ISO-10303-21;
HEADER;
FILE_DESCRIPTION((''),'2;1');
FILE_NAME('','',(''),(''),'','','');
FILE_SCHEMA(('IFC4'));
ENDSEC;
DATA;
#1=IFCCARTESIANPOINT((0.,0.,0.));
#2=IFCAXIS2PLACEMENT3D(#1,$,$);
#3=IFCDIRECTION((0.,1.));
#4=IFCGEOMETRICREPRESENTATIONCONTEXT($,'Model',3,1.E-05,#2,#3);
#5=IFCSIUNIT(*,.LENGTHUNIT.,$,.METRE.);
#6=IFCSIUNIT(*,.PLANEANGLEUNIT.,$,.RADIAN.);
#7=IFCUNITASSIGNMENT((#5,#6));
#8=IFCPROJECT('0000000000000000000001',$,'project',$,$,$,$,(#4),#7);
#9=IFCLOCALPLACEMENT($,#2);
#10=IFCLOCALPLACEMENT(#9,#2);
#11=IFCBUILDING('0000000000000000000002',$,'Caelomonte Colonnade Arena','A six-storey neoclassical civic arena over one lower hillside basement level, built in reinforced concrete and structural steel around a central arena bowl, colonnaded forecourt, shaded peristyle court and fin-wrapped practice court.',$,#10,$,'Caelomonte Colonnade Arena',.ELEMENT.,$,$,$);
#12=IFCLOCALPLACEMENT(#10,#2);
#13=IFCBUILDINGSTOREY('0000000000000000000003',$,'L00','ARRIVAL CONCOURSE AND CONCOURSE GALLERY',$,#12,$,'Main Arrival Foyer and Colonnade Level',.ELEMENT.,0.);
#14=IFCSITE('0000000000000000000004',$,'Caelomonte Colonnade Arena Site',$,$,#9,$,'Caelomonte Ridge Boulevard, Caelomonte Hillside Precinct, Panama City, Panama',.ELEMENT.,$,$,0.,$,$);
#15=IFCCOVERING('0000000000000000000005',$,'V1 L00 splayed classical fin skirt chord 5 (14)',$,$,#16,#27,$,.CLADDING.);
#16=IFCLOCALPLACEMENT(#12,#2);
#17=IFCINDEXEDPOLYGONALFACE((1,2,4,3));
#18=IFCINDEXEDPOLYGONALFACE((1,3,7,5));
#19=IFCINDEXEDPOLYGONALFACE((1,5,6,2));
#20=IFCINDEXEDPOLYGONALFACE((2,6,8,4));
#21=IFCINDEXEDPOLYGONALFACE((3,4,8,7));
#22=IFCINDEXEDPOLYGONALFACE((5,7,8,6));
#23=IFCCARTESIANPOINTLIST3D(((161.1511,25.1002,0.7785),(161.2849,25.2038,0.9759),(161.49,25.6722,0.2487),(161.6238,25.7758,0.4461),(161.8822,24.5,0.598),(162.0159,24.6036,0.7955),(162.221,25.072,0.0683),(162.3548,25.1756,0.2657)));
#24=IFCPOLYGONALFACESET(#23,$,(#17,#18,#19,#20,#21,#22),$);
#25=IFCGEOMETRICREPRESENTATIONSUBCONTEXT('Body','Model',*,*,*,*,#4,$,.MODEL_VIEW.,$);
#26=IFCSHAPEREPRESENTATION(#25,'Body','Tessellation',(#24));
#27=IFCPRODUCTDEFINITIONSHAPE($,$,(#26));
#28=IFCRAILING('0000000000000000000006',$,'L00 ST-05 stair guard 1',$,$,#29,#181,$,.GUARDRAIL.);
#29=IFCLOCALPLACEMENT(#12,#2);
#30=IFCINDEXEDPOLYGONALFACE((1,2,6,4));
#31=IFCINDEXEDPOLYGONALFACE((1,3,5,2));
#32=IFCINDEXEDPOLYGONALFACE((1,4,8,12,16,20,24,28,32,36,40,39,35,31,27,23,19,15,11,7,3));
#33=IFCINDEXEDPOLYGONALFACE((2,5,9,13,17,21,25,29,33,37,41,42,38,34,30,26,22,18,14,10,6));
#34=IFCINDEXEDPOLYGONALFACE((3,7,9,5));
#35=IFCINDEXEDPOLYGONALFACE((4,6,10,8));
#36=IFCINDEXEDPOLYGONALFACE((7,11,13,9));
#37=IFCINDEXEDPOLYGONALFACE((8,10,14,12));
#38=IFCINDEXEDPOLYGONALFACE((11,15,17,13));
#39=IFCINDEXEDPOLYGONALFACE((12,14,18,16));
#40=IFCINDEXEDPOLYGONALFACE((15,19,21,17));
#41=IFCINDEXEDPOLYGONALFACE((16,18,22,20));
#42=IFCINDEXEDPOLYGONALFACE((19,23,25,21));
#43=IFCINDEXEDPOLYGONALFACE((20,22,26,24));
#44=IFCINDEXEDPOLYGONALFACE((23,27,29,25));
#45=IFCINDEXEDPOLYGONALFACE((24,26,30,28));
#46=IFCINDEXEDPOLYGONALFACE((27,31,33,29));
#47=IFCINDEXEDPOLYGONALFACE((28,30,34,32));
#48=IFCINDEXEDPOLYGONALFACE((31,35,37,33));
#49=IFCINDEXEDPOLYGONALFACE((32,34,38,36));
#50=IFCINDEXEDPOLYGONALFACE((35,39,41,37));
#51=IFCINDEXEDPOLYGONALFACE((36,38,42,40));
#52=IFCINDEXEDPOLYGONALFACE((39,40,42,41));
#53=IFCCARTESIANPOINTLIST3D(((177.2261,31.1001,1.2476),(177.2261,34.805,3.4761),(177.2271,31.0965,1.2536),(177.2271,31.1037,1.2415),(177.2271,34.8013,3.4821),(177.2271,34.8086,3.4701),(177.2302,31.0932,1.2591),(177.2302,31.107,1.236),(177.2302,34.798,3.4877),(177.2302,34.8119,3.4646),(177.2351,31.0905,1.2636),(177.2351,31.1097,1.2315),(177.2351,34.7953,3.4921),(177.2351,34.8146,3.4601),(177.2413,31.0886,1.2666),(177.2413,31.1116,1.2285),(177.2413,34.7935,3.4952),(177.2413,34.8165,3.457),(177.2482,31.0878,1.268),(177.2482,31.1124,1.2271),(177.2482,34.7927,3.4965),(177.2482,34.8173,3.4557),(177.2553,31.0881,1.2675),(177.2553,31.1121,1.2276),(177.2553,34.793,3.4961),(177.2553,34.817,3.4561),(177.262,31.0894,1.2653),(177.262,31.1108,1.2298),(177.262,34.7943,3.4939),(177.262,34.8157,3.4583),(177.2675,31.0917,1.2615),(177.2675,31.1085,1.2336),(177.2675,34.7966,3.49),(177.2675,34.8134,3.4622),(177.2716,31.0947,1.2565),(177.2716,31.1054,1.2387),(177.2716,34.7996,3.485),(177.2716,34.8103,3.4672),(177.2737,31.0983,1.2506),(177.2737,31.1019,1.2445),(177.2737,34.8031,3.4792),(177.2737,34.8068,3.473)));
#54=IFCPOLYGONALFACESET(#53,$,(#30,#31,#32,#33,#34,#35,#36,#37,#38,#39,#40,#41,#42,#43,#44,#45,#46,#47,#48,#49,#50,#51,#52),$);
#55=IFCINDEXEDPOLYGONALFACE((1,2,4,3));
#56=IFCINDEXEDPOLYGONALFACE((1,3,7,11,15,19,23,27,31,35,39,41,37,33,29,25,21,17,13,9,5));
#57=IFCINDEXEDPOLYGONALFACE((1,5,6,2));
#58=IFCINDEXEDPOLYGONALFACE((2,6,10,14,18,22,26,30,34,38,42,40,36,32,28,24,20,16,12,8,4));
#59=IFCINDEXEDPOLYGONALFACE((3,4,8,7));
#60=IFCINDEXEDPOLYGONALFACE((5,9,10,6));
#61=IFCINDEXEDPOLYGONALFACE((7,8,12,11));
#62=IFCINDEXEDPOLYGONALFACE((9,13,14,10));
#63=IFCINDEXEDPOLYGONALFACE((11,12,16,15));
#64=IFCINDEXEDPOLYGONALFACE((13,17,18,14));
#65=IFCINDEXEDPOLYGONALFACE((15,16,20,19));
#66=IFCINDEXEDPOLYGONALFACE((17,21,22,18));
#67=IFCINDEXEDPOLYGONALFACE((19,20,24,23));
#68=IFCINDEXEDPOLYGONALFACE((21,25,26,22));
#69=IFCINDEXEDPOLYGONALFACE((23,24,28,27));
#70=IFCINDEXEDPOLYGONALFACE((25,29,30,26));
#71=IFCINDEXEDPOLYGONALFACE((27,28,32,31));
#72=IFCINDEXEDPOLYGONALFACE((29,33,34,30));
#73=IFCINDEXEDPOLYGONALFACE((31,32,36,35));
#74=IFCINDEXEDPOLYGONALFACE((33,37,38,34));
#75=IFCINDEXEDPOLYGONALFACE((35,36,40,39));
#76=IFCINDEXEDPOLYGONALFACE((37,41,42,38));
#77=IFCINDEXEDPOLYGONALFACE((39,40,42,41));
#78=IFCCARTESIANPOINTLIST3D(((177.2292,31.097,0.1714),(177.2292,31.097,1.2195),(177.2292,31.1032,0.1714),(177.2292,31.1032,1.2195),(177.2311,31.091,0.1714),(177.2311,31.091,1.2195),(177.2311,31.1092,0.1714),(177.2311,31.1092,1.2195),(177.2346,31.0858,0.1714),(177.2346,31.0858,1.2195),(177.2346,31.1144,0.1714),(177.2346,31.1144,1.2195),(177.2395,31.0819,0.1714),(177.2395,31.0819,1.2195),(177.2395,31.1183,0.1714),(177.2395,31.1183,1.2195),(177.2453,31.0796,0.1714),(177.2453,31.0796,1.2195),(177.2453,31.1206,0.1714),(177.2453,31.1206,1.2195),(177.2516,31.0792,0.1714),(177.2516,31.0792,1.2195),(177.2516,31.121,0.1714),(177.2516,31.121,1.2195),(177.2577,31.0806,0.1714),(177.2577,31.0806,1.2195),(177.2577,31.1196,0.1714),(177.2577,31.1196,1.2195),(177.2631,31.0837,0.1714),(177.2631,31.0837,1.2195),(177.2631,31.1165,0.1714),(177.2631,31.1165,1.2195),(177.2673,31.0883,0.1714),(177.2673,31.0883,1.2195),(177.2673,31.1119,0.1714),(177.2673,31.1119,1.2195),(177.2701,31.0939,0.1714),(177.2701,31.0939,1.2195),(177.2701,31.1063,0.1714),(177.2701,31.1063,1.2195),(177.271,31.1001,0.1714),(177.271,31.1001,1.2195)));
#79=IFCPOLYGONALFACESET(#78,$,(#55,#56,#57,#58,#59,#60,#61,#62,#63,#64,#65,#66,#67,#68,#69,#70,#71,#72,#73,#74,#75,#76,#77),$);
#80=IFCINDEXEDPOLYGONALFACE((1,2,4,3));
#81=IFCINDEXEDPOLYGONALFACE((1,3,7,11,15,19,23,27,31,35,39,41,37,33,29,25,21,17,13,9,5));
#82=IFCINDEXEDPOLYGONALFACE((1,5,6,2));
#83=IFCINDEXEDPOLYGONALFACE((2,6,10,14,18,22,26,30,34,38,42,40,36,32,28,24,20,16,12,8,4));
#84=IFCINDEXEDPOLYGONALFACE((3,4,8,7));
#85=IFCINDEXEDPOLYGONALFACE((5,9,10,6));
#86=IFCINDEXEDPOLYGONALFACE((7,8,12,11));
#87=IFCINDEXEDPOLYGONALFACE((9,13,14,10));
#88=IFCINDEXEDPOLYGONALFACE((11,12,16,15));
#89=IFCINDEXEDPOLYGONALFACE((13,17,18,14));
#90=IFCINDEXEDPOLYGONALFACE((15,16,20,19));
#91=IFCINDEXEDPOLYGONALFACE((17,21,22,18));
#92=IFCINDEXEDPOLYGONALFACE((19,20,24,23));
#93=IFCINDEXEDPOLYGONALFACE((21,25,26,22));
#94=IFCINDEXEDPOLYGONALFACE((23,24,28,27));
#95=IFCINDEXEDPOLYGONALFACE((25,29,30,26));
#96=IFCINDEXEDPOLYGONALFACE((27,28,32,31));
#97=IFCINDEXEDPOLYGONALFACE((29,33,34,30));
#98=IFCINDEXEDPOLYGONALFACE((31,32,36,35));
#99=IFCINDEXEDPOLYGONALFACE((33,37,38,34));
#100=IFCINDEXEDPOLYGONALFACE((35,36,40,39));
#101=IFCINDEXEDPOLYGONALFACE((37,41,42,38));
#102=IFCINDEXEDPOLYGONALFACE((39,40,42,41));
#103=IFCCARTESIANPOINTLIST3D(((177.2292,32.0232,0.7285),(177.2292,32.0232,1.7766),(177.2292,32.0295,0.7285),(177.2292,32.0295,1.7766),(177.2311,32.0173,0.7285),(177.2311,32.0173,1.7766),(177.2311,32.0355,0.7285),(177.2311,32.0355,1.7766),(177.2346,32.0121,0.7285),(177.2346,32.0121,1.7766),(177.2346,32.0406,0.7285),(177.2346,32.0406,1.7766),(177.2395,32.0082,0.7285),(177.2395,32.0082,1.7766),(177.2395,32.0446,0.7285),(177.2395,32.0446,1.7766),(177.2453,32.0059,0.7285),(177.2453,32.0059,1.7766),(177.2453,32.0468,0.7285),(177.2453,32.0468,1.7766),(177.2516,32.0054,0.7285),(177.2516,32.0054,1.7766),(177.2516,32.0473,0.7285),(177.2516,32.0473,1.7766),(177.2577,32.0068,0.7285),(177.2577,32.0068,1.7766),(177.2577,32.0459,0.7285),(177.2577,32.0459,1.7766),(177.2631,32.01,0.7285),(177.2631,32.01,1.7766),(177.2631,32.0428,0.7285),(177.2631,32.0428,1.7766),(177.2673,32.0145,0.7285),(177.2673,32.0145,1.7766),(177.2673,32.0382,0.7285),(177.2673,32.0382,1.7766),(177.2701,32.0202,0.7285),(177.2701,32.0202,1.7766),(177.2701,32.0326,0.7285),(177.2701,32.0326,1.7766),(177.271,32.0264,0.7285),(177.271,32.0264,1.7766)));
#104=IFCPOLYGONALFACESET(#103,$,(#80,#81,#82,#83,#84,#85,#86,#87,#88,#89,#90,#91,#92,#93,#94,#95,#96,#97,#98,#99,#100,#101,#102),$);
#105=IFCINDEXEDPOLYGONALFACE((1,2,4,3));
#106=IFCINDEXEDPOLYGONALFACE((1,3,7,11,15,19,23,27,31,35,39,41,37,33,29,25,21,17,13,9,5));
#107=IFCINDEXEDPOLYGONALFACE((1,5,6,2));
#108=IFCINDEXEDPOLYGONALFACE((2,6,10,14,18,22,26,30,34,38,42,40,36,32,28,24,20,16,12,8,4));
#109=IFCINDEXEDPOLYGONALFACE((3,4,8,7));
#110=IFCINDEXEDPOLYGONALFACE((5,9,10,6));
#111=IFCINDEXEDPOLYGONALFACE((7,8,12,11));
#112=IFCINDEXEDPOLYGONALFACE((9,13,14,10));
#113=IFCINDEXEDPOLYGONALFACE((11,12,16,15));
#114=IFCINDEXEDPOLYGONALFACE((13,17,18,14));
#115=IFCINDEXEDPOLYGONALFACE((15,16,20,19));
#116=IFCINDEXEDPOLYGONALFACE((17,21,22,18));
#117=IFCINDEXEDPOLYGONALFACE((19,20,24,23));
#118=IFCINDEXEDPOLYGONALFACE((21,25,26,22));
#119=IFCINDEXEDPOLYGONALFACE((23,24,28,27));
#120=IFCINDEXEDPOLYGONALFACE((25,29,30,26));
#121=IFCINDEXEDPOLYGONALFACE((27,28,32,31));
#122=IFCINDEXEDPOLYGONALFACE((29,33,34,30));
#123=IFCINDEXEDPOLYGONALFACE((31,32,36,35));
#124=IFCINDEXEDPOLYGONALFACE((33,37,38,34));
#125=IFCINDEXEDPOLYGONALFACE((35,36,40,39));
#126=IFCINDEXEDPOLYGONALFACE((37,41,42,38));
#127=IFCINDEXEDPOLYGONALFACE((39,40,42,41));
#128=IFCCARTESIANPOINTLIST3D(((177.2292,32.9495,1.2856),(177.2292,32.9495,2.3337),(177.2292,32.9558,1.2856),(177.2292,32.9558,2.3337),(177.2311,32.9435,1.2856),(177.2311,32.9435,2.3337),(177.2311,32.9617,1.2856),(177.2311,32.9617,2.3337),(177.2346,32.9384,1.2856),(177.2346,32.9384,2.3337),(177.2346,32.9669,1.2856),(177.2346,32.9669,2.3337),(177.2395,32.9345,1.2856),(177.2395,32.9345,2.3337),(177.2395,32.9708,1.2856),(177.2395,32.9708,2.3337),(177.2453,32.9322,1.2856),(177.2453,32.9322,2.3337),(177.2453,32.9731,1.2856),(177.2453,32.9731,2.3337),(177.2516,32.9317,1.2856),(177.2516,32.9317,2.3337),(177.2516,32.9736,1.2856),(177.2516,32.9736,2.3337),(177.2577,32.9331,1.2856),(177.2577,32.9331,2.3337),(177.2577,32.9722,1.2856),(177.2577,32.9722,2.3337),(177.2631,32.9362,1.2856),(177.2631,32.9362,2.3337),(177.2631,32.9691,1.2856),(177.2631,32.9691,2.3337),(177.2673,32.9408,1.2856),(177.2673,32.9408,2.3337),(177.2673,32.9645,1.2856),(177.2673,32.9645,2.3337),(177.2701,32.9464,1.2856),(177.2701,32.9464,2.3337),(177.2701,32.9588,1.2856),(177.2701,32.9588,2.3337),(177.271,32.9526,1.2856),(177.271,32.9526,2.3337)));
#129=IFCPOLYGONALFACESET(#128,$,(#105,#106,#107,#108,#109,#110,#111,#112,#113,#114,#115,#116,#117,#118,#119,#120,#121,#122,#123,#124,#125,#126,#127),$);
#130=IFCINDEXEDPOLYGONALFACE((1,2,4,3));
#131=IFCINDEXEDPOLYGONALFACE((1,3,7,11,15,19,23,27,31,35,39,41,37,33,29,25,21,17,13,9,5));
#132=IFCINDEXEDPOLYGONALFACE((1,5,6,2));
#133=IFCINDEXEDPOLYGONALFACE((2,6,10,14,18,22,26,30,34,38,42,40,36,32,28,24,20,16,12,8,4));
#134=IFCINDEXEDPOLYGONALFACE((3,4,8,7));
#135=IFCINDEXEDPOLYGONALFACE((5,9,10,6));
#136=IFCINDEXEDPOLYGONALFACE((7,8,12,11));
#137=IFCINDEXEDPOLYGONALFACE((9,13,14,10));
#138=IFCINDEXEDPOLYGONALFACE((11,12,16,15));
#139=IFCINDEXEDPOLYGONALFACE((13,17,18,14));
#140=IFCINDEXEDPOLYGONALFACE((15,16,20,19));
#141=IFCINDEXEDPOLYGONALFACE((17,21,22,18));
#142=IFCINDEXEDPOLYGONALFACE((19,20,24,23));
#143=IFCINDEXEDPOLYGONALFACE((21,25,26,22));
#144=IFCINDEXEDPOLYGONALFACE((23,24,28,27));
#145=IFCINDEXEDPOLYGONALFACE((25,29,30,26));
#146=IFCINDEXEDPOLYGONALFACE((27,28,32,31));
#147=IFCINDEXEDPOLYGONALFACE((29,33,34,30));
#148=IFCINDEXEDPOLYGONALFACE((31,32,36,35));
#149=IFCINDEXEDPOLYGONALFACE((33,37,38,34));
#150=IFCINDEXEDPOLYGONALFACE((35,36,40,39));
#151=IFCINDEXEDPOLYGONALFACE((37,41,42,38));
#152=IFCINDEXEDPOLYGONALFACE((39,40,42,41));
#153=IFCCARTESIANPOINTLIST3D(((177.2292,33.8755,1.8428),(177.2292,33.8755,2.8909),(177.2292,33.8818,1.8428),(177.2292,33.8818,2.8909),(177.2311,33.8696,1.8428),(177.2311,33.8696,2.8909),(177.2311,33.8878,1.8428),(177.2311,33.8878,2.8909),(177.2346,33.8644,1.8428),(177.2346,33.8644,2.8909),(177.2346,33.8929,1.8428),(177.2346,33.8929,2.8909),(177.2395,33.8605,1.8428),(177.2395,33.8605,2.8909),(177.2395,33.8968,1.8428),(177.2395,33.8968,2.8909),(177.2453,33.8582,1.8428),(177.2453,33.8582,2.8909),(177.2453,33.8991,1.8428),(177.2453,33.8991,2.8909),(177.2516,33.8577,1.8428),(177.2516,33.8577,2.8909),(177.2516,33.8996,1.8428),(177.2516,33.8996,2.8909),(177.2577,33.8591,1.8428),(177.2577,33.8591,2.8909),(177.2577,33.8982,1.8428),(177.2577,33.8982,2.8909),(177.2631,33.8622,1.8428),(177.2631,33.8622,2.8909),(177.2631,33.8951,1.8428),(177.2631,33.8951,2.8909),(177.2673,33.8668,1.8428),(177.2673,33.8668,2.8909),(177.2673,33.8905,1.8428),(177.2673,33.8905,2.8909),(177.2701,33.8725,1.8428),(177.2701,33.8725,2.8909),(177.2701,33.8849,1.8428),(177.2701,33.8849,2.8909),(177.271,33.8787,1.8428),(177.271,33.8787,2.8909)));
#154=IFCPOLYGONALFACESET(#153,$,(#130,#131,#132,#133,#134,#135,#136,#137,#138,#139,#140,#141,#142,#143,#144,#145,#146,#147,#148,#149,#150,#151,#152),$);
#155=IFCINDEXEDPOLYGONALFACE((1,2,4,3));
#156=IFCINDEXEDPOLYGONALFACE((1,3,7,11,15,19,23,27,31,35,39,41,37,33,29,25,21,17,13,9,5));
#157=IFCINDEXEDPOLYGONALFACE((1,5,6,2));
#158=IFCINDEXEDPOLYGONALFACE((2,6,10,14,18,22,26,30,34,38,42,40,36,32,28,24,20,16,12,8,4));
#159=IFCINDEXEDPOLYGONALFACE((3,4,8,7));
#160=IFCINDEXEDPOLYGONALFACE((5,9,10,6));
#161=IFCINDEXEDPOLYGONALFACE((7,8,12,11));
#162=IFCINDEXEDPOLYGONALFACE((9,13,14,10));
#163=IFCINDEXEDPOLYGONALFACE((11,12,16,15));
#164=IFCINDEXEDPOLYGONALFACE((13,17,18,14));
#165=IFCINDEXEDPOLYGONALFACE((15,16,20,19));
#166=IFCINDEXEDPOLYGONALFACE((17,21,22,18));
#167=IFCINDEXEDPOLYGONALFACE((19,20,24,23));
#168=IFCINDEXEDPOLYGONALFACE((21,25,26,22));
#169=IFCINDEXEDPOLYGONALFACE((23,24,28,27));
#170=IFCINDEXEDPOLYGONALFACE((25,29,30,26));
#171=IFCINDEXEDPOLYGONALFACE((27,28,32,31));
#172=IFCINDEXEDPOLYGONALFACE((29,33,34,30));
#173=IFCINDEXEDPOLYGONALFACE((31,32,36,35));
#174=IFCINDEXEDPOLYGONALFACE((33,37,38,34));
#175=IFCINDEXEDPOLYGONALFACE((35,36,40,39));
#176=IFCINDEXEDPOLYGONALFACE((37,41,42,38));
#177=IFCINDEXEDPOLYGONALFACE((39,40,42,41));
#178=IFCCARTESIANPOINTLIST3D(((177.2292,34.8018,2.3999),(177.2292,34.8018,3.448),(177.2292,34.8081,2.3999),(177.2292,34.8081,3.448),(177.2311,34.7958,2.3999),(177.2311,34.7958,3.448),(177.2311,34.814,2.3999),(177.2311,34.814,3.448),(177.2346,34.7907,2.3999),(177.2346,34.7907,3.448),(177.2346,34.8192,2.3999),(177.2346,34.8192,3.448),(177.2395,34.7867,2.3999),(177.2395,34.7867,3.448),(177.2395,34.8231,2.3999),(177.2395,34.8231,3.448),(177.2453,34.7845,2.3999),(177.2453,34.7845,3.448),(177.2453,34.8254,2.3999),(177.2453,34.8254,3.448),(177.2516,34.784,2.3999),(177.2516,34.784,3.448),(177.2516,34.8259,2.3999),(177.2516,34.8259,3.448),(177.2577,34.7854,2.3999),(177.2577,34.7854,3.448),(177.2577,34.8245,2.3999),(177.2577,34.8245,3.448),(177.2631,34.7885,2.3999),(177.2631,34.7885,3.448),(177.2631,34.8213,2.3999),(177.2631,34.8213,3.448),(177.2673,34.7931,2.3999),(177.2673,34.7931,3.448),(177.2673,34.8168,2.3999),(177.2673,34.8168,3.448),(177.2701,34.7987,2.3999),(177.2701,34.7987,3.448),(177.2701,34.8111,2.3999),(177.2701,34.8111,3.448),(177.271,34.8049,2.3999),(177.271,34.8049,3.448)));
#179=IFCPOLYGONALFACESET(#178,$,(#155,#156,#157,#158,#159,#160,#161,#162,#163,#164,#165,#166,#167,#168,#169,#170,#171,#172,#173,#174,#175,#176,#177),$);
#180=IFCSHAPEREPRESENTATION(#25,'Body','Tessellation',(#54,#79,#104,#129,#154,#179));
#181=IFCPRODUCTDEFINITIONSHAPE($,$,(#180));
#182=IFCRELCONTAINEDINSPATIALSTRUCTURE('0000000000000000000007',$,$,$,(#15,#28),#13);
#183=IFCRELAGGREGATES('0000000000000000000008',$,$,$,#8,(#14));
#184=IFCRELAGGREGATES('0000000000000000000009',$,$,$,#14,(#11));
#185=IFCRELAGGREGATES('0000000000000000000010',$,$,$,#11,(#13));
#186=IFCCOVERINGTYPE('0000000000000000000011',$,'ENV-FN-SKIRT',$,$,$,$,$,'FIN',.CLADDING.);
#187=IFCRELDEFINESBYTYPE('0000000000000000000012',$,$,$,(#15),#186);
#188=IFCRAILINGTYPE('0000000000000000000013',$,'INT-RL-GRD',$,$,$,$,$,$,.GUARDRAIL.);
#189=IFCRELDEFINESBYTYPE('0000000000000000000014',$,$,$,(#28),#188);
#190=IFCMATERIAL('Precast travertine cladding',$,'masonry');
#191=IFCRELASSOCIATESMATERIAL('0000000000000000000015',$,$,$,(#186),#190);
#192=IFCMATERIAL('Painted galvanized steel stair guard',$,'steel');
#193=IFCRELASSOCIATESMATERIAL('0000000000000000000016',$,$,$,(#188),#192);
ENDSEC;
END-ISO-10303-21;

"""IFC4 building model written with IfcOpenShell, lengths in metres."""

from ifc_helpers import new_model, si_unit, direction, frame, origin, origin_2d, place, context, subcontext, project, spatial, rectangle, circle, extrude, material, material_profile, profile_set, type_object, element, save


model = new_model("IFC4")

# Units and contexts
model_context = context("Model", 3, precision=1e-05, world=origin(), true_north=direction((0.0, 1.0)))
body_context = subcontext(model_context, "Body", "Model", "MODEL_VIEW")
ifc_project = project(units=[si_unit("LENGTHUNIT", "METRE"), si_unit("PLANEANGLEUNIT", "RADIAN")], contexts=[model_context])

# Site, building, storey
site_placement = place(None, origin())
site = spatial("IfcSite", under=ifc_project, at=site_placement, Name="Caelomonte Colonnade Arena Site", LongName="Caelomonte Ridge Boulevard, Caelomonte Hillside Precinct, Panama City, Panama", CompositionType="ELEMENT", RefElevation=0.0)
building_placement = place(site_placement, origin())
building = spatial("IfcBuilding", under=site, at=building_placement, Name="Caelomonte Colonnade Arena", Description="A six-storey neoclassical civic arena over one lower hillside basement level, built in reinforced concrete and structural steel around a central arena bowl, colonnaded forecourt, shaded peristyle court and fin-wrapped practice court.", LongName="Caelomonte Colonnade Arena", CompositionType="ELEMENT")
storey_placement = place(building_placement, origin())
storey = spatial("IfcBuildingStorey", under=building, at=storey_placement, Name="L00", Description="ARRIVAL CONCOURSE AND CONCOURSE GALLERY", LongName="Main Arrival Foyer and Colonnade Level", CompositionType="ELEMENT", Elevation=0.0)

# Covering
ifc_material_1 = material(Name="Precast travertine cladding", Category="masonry")
ifc_material_profile_1 = material_profile(ifc_material_1, rectangle(XDim=0.26, YDim=0.8501, at=origin_2d()), Name="FIN260X850")
ifc_profile_set_1 = profile_set([ifc_material_profile_1], Name="Precast travertine cladding")
covering_type = type_object("IfcCoveringType", Name="ENV-FN-SKIRT", ElementType="FIN", PredefinedType="CLADDING", material=ifc_profile_set_1)
covering_1_placement = place(storey_placement, frame((161.3875, 25.438, 0.6123), z_axis=(0.759206, -0.62329, -0.187393), x_axis=(-0.514511, -0.398423, -0.7593)))
element("IfcCovering", 1, at=covering_1_placement, inside=storey, type_object=covering_type, Name="V1 L00 splayed classical fin skirt chord 5 (14)", PredefinedType="CLADDING", context=body_context, shape_type="SweptSolid", body=[
    extrude(rectangle(XDim=0.26, YDim=0.8501, at=origin_2d()), origin(), (0.0, 0.0, 1.0), 0.9629),
])

# Railing
ifc_material_2 = material(Name="Painted galvanized steel stair guard", Category="steel")
railing_type = type_object("IfcRailingType", Name="INT-RL-GRD", PredefinedType="GUARDRAIL", material=ifc_material_2)
railing_1_placement = place(storey_placement, frame((177.25, 31.1001, 0.1714)))
element("IfcRailing", 2, at=railing_1_placement, inside=storey, type_object=railing_type, Name="L00 ST-05 stair guard 1", PredefinedType="GUARDRAIL", context=body_context, shape_type="SweptSolid", body=[
    extrude(circle(Radius=0.0239, at=origin_2d()), frame((0.0, 0.0, 1.0762), z_axis=(0.0, 0.856919, 0.51545), x_axis=(-1.0, 0.0, 0.0)), (0.0, 0.0, 1.0), 4.3235),
    extrude(circle(Radius=0.021, at=origin_2d()), origin(), (0.0, 0.0, 1.0), 1.0481),
    extrude(circle(Radius=0.021, at=origin_2d()), frame((0.0, 0.9263, 0.5571)), (0.0, 0.0, 1.0), 1.0481),
    extrude(circle(Radius=0.021, at=origin_2d()), frame((0.0, 1.8525, 1.1143)), (0.0, 0.0, 1.0), 1.0481),
    extrude(circle(Radius=0.021, at=origin_2d()), frame((0.0, 2.7786, 1.6714)), (0.0, 0.0, 1.0), 1.0481),
    extrude(circle(Radius=0.021, at=origin_2d()), frame((0.0, 3.7048, 2.2285)), (0.0, 0.0, 1.0), 1.0481),
])

save(model, "model.ifc")
